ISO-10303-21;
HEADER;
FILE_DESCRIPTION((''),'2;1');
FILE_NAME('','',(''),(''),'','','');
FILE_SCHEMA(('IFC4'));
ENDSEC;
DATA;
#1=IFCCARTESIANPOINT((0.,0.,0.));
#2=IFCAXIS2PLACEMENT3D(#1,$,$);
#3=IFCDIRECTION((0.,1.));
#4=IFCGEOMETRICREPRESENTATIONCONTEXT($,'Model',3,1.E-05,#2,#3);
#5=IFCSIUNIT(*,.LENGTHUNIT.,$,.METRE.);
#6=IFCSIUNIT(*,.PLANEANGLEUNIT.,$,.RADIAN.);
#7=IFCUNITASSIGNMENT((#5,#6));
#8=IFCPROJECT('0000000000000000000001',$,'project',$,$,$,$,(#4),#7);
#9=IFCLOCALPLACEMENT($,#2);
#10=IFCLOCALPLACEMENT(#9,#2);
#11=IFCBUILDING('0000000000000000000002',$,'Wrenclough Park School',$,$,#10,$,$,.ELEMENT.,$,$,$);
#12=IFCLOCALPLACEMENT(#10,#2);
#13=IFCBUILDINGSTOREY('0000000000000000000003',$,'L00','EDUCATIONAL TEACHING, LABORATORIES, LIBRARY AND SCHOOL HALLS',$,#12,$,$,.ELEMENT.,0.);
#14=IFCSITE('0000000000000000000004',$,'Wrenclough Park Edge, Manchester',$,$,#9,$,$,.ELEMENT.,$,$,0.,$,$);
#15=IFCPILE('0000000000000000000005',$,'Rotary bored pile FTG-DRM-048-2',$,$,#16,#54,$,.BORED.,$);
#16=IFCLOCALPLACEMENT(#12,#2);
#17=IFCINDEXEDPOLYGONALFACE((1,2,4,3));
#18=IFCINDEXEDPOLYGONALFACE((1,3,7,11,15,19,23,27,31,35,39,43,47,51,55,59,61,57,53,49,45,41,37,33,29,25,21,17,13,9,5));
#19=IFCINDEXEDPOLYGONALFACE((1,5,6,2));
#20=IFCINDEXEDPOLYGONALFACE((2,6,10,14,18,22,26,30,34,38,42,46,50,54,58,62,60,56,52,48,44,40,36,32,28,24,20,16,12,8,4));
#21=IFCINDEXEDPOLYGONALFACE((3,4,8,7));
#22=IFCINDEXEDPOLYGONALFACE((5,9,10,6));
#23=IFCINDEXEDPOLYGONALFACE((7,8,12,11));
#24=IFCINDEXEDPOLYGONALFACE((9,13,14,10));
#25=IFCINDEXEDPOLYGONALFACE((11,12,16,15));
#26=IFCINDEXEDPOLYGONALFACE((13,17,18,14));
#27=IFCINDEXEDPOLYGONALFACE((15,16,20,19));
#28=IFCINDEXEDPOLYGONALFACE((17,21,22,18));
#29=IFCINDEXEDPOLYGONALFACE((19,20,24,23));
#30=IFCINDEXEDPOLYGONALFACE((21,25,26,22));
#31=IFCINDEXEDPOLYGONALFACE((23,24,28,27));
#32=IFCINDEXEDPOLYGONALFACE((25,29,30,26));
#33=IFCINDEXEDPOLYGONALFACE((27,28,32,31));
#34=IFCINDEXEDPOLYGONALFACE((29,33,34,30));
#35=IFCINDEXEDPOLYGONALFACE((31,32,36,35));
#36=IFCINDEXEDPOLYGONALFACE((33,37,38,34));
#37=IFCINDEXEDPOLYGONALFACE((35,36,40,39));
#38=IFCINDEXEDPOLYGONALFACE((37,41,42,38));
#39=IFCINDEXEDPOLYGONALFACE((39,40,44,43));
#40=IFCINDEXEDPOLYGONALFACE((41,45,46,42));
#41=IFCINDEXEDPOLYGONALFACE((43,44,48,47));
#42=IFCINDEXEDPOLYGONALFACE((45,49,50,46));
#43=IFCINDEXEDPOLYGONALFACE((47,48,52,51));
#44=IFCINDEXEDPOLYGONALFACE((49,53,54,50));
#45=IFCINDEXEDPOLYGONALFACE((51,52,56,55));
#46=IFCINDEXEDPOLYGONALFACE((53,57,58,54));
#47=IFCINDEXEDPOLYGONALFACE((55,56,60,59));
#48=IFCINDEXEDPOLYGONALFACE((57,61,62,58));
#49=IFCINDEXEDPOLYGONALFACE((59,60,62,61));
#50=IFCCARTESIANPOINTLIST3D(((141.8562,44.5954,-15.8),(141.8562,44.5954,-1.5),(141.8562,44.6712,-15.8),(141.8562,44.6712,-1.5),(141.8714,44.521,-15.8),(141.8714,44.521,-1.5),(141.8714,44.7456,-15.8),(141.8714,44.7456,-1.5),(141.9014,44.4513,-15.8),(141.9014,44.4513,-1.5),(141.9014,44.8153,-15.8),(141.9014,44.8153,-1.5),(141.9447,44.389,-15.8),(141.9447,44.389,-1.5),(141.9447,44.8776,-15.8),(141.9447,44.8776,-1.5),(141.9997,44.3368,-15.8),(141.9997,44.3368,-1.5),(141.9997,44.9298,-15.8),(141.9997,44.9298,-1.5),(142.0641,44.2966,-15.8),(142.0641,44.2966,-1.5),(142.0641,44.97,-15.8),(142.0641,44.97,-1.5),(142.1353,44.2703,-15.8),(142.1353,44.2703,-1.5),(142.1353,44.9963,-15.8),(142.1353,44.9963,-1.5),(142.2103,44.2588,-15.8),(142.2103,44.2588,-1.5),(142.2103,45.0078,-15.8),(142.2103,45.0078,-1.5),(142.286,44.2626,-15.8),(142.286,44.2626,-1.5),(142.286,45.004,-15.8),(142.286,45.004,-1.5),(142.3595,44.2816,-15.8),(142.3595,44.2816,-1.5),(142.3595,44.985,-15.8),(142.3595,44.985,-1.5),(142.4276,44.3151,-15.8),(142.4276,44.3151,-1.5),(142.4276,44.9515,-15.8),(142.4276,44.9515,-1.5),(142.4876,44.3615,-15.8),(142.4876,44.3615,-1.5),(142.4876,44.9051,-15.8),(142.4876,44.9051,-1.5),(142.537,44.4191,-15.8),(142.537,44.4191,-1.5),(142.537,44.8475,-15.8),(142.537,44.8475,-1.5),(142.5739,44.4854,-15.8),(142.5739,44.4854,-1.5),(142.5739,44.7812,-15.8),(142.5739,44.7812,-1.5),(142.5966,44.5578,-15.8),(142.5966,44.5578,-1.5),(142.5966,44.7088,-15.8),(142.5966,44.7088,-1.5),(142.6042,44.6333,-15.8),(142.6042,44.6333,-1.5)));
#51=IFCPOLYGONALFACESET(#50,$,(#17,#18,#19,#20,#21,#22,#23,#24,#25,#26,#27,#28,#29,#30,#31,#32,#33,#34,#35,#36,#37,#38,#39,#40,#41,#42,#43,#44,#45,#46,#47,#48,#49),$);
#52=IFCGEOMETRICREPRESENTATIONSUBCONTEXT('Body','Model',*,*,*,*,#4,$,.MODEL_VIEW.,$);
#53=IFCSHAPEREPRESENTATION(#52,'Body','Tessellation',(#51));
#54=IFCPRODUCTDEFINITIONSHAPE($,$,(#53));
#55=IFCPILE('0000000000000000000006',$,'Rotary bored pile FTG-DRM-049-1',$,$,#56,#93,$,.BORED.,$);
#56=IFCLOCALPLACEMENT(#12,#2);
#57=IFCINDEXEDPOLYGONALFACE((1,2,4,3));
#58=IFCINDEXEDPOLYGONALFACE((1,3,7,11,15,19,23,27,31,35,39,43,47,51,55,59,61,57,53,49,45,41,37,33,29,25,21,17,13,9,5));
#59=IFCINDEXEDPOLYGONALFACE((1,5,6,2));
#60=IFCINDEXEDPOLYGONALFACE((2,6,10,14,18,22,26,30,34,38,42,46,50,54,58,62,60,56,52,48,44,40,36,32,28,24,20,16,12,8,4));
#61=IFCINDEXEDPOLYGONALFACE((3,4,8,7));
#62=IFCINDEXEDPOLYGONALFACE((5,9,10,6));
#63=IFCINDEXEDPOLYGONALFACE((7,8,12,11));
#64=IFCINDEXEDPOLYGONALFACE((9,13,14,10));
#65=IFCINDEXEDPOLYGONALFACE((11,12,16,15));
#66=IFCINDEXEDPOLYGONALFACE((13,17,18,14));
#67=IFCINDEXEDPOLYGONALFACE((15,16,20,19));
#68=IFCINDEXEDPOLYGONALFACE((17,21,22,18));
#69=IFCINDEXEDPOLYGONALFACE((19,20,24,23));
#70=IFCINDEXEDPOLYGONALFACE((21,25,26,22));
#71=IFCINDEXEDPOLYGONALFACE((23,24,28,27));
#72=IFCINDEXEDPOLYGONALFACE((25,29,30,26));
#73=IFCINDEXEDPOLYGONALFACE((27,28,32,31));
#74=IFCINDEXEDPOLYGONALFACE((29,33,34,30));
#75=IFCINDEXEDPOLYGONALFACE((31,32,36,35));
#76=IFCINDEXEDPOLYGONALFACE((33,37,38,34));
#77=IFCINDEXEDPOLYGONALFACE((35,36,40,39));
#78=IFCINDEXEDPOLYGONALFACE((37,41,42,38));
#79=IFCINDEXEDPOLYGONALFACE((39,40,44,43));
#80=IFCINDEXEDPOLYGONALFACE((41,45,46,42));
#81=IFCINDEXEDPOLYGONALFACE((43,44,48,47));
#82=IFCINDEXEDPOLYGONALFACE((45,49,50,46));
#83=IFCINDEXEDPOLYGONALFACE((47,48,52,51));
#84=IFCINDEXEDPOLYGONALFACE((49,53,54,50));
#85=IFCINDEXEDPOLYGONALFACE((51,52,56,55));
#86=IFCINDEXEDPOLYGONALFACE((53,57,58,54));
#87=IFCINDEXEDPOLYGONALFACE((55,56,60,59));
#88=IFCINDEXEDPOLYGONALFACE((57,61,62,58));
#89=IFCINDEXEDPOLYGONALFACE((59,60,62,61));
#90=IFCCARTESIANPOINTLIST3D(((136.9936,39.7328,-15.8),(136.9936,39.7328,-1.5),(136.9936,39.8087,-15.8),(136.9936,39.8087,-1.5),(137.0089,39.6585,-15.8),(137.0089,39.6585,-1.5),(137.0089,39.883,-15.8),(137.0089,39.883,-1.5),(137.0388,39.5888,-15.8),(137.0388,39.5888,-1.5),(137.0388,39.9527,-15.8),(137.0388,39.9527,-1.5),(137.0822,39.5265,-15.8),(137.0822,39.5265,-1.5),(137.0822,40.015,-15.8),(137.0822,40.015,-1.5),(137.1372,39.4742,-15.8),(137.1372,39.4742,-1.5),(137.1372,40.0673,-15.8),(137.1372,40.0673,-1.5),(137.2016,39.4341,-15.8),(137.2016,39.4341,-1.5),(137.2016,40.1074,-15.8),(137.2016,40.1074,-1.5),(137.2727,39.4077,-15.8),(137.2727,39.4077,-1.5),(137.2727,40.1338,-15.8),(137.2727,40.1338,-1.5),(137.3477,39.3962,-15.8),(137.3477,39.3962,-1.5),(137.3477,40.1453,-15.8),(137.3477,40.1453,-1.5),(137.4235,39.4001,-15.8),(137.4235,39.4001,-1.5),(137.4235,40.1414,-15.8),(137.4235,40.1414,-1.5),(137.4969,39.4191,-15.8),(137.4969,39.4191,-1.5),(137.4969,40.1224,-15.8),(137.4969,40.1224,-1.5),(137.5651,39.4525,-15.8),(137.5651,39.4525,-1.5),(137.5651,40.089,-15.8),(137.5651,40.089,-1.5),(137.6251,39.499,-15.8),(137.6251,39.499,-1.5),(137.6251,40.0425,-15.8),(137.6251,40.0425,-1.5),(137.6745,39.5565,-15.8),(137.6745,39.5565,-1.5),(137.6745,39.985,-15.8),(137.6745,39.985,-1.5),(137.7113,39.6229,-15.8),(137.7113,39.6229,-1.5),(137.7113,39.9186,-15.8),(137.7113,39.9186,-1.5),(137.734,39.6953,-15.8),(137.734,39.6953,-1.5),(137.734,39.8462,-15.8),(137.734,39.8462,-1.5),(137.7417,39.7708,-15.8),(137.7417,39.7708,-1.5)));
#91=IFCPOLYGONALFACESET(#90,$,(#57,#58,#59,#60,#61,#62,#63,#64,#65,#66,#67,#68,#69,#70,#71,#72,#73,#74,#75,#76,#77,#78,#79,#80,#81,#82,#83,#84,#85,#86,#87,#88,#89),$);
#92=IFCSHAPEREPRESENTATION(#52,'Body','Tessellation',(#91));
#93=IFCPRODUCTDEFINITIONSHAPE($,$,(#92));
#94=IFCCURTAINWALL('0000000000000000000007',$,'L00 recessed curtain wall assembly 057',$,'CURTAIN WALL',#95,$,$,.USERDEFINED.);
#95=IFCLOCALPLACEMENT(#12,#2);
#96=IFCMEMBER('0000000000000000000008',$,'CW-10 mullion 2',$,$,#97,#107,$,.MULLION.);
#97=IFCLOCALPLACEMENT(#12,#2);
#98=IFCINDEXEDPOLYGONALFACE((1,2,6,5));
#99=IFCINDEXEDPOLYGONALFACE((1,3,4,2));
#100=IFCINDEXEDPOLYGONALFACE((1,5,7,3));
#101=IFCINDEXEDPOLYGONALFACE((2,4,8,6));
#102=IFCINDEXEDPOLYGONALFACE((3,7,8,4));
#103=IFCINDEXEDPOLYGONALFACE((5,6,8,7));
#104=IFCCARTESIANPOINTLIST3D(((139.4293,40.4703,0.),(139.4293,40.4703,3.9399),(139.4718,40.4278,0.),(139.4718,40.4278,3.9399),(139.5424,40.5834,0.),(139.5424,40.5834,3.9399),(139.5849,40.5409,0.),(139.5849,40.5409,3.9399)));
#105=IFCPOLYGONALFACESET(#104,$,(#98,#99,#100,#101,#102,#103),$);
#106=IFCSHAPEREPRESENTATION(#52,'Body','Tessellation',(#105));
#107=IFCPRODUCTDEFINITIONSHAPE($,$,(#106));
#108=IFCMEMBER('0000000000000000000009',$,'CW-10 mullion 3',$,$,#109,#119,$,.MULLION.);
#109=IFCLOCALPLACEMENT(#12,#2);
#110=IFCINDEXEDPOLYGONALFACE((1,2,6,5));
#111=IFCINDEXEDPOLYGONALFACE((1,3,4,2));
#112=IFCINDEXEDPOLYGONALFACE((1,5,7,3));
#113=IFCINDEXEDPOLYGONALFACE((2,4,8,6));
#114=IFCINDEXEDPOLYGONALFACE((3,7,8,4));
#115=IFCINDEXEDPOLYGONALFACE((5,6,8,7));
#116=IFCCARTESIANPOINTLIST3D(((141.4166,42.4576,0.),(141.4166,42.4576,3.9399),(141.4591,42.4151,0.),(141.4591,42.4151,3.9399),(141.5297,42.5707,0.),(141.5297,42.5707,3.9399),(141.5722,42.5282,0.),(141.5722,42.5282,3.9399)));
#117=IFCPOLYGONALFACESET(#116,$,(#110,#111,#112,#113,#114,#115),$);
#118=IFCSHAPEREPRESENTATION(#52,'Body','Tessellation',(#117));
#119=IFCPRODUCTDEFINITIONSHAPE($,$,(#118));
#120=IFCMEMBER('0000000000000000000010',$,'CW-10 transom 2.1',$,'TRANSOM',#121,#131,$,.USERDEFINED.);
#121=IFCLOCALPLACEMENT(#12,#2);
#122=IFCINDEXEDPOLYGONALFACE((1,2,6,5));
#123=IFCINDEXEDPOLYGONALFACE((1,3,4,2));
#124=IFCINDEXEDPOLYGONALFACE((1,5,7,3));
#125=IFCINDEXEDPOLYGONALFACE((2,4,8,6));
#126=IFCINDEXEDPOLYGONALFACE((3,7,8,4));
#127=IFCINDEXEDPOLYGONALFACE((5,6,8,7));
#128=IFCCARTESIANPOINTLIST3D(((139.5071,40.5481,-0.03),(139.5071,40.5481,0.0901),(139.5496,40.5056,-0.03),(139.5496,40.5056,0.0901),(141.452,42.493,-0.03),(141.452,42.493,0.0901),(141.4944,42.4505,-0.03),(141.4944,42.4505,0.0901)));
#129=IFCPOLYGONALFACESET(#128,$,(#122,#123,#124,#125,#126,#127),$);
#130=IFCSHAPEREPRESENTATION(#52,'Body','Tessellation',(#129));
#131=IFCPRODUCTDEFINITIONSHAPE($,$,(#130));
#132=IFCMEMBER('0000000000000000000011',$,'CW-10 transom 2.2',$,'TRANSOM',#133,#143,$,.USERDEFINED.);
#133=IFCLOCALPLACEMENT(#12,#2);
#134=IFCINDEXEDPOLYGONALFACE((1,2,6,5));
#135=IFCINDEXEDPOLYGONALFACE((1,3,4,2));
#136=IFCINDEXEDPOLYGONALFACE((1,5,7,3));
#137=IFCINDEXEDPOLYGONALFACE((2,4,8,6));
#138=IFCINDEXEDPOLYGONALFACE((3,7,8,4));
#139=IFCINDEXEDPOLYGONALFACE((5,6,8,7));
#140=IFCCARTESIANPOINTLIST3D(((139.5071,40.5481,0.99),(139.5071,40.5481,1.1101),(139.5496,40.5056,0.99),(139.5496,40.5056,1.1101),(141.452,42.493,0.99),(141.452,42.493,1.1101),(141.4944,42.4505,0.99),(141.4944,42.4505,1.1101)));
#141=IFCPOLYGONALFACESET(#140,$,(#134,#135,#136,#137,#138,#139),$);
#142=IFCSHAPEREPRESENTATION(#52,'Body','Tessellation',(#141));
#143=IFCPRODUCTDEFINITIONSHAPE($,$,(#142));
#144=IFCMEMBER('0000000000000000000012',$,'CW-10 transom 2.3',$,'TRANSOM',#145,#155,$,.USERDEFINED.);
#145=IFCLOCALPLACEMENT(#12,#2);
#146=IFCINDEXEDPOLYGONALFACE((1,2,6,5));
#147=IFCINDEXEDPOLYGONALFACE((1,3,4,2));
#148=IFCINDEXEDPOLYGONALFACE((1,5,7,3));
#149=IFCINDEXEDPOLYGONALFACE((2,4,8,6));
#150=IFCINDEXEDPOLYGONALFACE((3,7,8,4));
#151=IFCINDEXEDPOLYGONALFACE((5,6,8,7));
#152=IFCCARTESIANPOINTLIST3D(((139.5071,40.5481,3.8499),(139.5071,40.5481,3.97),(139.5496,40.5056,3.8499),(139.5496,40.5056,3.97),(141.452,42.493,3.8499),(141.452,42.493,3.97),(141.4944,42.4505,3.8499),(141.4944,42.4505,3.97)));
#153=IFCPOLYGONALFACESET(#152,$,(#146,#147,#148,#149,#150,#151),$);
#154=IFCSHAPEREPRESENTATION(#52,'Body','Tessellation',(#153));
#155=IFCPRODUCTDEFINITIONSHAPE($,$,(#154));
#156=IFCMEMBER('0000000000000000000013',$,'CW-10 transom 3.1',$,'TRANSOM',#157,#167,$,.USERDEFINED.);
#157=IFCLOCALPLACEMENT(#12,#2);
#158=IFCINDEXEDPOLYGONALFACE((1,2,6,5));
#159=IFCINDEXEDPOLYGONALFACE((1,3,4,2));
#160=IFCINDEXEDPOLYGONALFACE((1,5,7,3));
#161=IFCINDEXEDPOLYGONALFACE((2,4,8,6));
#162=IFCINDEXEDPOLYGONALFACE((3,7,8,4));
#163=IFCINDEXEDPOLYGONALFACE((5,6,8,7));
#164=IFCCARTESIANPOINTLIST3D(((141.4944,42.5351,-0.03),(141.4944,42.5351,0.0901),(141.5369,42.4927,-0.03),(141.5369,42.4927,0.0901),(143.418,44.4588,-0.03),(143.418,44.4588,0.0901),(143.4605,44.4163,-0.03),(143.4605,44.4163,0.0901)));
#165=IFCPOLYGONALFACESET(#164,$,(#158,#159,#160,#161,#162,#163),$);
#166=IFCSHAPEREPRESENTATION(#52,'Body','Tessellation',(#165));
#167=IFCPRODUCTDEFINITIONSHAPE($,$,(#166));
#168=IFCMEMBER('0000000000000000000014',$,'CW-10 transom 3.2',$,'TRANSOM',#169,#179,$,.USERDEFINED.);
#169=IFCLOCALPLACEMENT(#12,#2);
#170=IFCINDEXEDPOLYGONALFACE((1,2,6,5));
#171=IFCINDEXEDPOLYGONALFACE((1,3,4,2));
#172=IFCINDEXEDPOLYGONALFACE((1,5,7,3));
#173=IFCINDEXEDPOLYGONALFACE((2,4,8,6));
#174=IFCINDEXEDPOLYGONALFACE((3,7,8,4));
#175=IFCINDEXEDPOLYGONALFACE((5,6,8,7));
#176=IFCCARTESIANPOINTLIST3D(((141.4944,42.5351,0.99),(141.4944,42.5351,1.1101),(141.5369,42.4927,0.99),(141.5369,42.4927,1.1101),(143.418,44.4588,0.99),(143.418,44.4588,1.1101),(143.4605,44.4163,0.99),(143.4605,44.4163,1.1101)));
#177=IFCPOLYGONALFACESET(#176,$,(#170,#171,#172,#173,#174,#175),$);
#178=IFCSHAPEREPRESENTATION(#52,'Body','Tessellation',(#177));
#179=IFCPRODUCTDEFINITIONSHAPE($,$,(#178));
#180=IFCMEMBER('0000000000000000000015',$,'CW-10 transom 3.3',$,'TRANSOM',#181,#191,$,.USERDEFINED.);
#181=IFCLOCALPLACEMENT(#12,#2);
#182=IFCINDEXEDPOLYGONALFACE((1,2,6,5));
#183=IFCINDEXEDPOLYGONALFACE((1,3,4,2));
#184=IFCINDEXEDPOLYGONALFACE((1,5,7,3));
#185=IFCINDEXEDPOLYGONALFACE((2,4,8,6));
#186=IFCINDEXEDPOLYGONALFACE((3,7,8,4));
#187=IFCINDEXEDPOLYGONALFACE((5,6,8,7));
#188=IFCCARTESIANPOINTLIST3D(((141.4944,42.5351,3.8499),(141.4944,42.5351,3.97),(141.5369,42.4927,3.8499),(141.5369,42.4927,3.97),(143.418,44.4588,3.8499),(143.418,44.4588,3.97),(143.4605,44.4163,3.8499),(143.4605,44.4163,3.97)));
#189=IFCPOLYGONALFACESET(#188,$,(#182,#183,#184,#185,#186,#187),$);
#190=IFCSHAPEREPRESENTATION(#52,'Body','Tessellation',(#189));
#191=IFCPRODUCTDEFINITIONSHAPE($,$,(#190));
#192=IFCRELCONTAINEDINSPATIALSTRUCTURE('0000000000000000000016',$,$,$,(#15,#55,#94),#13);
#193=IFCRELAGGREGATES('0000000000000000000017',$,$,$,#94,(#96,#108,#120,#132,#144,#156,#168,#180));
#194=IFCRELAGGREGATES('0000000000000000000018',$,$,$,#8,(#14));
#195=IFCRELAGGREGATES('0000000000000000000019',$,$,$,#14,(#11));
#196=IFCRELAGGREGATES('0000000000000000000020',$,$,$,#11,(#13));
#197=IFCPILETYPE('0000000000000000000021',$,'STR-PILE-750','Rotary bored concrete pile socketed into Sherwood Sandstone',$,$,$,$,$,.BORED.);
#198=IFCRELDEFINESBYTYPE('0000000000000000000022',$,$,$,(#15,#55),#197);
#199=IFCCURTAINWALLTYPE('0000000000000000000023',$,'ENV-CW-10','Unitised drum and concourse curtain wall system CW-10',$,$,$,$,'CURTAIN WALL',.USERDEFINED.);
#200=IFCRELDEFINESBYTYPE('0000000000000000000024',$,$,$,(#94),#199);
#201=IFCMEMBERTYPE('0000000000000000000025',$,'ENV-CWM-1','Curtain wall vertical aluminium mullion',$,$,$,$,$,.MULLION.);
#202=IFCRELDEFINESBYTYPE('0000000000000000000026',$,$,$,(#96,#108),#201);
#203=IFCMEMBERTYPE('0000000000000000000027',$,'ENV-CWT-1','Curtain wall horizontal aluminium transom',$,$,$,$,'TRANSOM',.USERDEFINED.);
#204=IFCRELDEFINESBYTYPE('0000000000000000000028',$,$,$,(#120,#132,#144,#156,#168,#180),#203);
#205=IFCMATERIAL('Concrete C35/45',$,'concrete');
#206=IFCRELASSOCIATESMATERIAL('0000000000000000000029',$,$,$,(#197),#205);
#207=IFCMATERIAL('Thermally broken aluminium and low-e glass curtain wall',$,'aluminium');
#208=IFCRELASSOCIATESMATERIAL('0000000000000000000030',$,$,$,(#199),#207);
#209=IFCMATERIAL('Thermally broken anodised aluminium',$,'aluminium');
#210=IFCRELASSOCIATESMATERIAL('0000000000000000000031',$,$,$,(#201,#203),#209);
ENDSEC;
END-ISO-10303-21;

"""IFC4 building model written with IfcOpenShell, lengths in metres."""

from ifc_helpers import new_model, si_unit, direction, frame, origin, origin_2d, place, context, subcontext, project, spatial, rectangle, circle, extrude, material, material_profile, profile_set, type_object, element, aggregate, save


model = new_model("IFC4")

# Units and contexts
model_context = context("Model", 3, precision=1e-05, world=origin(), true_north=direction((0.0, 1.0)))
body_context = subcontext(model_context, "Body", "Model", "MODEL_VIEW")
ifc_project = project(units=[si_unit("LENGTHUNIT", "METRE"), si_unit("PLANEANGLEUNIT", "RADIAN")], contexts=[model_context])

# Site, building, storey
site_placement = place(None, origin())
site = spatial("IfcSite", under=ifc_project, at=site_placement, Name="Wrenclough Park Edge, Manchester", CompositionType="ELEMENT", RefElevation=0.0)
building_placement = place(site_placement, origin())
building = spatial("IfcBuilding", under=site, at=building_placement, Name="Wrenclough Park School", CompositionType="ELEMENT")
storey_placement = place(building_placement, origin())
storey = spatial("IfcBuildingStorey", under=building, at=storey_placement, Name="L00", Description="EDUCATIONAL TEACHING, LABORATORIES, LIBRARY AND SCHOOL HALLS", CompositionType="ELEMENT", Elevation=0.0)

# Piles
ifc_material_1 = material(Name="Concrete C35/45", Category="concrete")
ifc_material_profile_1 = material_profile(ifc_material_1, circle(Radius=0.375, at=origin_2d()), Name="BORED PILE D750")
ifc_profile_set_1 = profile_set([ifc_material_profile_1], Name="Concrete C35/45")
pile_type = type_object("IfcPileType", Name="STR-PILE-750", Description="Rotary bored concrete pile socketed into Sherwood Sandstone", PredefinedType="BORED", material=ifc_profile_set_1)
for number, where, z_axis, x_axis, name in (
    (1, (142.2292, 44.6333, -1.5), (0.0, 0.0, -1.0), (1.0, 0.0, 0.0), "Rotary bored pile FTG-DRM-048-2"),
    (2, (137.3667, 39.7708, -1.5), (0.0, 0.0, -1.0), (1.0, 0.0, 0.0), "Rotary bored pile FTG-DRM-049-1"),
):
    element("IfcPile", number, at=place(storey_placement, frame(where, z_axis=z_axis, x_axis=x_axis)), inside=storey, type_object=pile_type, Name=name, PredefinedType="BORED", context=body_context, shape_type="SweptSolid", body=[
        extrude(circle(Radius=0.375, at=origin_2d()), origin(), (0.0, 0.0, 1.0), 14.3),
    ])

# Curtain wall, members
ifc_material_2 = material(Name="Thermally broken aluminium and low-e glass curtain wall", Category="aluminium")
curtain_wall_type = type_object("IfcCurtainWallType", Name="ENV-CW-10", Description="Unitised drum and concourse curtain wall system CW-10", ElementType="CURTAIN WALL", PredefinedType="USERDEFINED", material=ifc_material_2)
curtain_wall_placement = place(storey_placement, origin())
curtain_wall = element("IfcCurtainWall", 3, at=curtain_wall_placement, inside=storey, type_object=curtain_wall_type, Name="L00 recessed curtain wall assembly 057", ObjectType="CURTAIN WALL", PredefinedType="USERDEFINED")
ifc_material_3 = material(Name="Thermally broken anodised aluminium", Category="aluminium")
ifc_material_profile_2 = material_profile(ifc_material_3, rectangle(XDim=0.0601, YDim=0.1599, at=origin_2d()), Name="AL MULLION 60x160")
ifc_profile_set_2 = profile_set([ifc_material_profile_2], Name="Thermally broken anodised aluminium")
member_type_1 = type_object("IfcMemberType", Name="ENV-CWM-1", Description="Curtain wall vertical aluminium mullion", PredefinedType="MULLION", material=ifc_profile_set_2)
member_1_placement = place(storey_placement, frame((139.5071, 40.5056, 0.0), z_axis=(0.0, 0.0, 1.0), x_axis=(-0.707107, 0.707107, 0.0)))
member_1 = element("IfcMember", 4, at=member_1_placement, type_object=member_type_1, Name="CW-10 mullion 2", PredefinedType="MULLION", context=body_context, shape_type="SweptSolid", body=[
    extrude(rectangle(XDim=0.0601, YDim=0.1599, at=origin_2d()), origin(), (0.0, 0.0, 1.0), 3.9399),
])
member_2_placement = place(storey_placement, frame((141.4944, 42.4929, 0.0), z_axis=(0.0, 0.0, 1.0), x_axis=(-0.707107, 0.707107, 0.0)))
member_2 = element("IfcMember", 5, at=member_2_placement, type_object=member_type_1, Name="CW-10 mullion 3", PredefinedType="MULLION", context=body_context, shape_type="SweptSolid", body=[
    extrude(rectangle(XDim=0.0601, YDim=0.1599, at=origin_2d()), origin(), (0.0, 0.0, 1.0), 3.9399),
])
ifc_material_profile_3 = material_profile(ifc_material_3, rectangle(XDim=0.0601, YDim=0.1201, at=origin_2d()), Name="AL TRANSOM 60x120")
ifc_profile_set_3 = profile_set([ifc_material_profile_3], Name="Thermally broken anodised aluminium")
member_type_2 = type_object("IfcMemberType", Name="ENV-CWT-1", Description="Curtain wall horizontal aluminium transom", ElementType="TRANSOM", PredefinedType="USERDEFINED", material=ifc_profile_set_3)
member_3_placement = place(storey_placement, frame((139.5283, 40.5269, 0.03), z_axis=(0.707107, 0.707107, 0.0), x_axis=(-0.707107, 0.707107, 0.0)))
member_3 = element("IfcMember", 6, at=member_3_placement, type_object=member_type_2, Name="CW-10 transom 2.1", ObjectType="TRANSOM", PredefinedType="USERDEFINED", context=body_context, shape_type="SweptSolid", body=[
    extrude(rectangle(XDim=0.0601, YDim=0.1201, at=origin_2d()), origin(), (0.0, 0.0, 1.0), 2.7505),
])
member_4_placement = place(storey_placement, frame((139.5283, 40.5269, 1.05), z_axis=(0.707107, 0.707107, 0.0), x_axis=(-0.707107, 0.707107, 0.0)))
member_4 = element("IfcMember", 7, at=member_4_placement, type_object=member_type_2, Name="CW-10 transom 2.2", ObjectType="TRANSOM", PredefinedType="USERDEFINED", context=body_context, shape_type="SweptSolid", body=[
    extrude(rectangle(XDim=0.0601, YDim=0.1201, at=origin_2d()), origin(), (0.0, 0.0, 1.0), 2.7505),
])
member_5_placement = place(storey_placement, frame((139.5283, 40.5269, 3.9099), z_axis=(0.707107, 0.707107, 0.0), x_axis=(-0.707107, 0.707107, 0.0)))
member_5 = element("IfcMember", 8, at=member_5_placement, type_object=member_type_2, Name="CW-10 transom 2.3", ObjectType="TRANSOM", PredefinedType="USERDEFINED", context=body_context, shape_type="SweptSolid", body=[
    extrude(rectangle(XDim=0.0601, YDim=0.1201, at=origin_2d()), origin(), (0.0, 0.0, 1.0), 2.7505),
])
member_6_placement = place(storey_placement, frame((141.5156, 42.5139, 0.03), z_axis=(0.707107, 0.707107, 0.0), x_axis=(-0.707107, 0.707107, 0.0)))
member_6 = element("IfcMember", 9, at=member_6_placement, type_object=member_type_2, Name="CW-10 transom 3.1", ObjectType="TRANSOM", PredefinedType="USERDEFINED", context=body_context, shape_type="SweptSolid", body=[
    extrude(rectangle(XDim=0.0601, YDim=0.1201, at=origin_2d()), origin(), (0.0, 0.0, 1.0), 2.7205),
])
member_7_placement = place(storey_placement, frame((141.5156, 42.5139, 1.05), z_axis=(0.707107, 0.707107, 0.0), x_axis=(-0.707107, 0.707107, 0.0)))
member_7 = element("IfcMember", 10, at=member_7_placement, type_object=member_type_2, Name="CW-10 transom 3.2", ObjectType="TRANSOM", PredefinedType="USERDEFINED", context=body_context, shape_type="SweptSolid", body=[
    extrude(rectangle(XDim=0.0601, YDim=0.1201, at=origin_2d()), origin(), (0.0, 0.0, 1.0), 2.7205),
])
member_8_placement = place(storey_placement, frame((141.5156, 42.5139, 3.9099), z_axis=(0.707107, 0.707107, 0.0), x_axis=(-0.707107, 0.707107, 0.0)))
member_8 = element("IfcMember", 11, at=member_8_placement, type_object=member_type_2, Name="CW-10 transom 3.3", ObjectType="TRANSOM", PredefinedType="USERDEFINED", context=body_context, shape_type="SweptSolid", body=[
    extrude(rectangle(XDim=0.0601, YDim=0.1201, at=origin_2d()), origin(), (0.0, 0.0, 1.0), 2.7205),
])

aggregate(curtain_wall, [member_1, member_2, member_3, member_4, member_5, member_6, member_7, member_8])

save(model, "model.ifc")
